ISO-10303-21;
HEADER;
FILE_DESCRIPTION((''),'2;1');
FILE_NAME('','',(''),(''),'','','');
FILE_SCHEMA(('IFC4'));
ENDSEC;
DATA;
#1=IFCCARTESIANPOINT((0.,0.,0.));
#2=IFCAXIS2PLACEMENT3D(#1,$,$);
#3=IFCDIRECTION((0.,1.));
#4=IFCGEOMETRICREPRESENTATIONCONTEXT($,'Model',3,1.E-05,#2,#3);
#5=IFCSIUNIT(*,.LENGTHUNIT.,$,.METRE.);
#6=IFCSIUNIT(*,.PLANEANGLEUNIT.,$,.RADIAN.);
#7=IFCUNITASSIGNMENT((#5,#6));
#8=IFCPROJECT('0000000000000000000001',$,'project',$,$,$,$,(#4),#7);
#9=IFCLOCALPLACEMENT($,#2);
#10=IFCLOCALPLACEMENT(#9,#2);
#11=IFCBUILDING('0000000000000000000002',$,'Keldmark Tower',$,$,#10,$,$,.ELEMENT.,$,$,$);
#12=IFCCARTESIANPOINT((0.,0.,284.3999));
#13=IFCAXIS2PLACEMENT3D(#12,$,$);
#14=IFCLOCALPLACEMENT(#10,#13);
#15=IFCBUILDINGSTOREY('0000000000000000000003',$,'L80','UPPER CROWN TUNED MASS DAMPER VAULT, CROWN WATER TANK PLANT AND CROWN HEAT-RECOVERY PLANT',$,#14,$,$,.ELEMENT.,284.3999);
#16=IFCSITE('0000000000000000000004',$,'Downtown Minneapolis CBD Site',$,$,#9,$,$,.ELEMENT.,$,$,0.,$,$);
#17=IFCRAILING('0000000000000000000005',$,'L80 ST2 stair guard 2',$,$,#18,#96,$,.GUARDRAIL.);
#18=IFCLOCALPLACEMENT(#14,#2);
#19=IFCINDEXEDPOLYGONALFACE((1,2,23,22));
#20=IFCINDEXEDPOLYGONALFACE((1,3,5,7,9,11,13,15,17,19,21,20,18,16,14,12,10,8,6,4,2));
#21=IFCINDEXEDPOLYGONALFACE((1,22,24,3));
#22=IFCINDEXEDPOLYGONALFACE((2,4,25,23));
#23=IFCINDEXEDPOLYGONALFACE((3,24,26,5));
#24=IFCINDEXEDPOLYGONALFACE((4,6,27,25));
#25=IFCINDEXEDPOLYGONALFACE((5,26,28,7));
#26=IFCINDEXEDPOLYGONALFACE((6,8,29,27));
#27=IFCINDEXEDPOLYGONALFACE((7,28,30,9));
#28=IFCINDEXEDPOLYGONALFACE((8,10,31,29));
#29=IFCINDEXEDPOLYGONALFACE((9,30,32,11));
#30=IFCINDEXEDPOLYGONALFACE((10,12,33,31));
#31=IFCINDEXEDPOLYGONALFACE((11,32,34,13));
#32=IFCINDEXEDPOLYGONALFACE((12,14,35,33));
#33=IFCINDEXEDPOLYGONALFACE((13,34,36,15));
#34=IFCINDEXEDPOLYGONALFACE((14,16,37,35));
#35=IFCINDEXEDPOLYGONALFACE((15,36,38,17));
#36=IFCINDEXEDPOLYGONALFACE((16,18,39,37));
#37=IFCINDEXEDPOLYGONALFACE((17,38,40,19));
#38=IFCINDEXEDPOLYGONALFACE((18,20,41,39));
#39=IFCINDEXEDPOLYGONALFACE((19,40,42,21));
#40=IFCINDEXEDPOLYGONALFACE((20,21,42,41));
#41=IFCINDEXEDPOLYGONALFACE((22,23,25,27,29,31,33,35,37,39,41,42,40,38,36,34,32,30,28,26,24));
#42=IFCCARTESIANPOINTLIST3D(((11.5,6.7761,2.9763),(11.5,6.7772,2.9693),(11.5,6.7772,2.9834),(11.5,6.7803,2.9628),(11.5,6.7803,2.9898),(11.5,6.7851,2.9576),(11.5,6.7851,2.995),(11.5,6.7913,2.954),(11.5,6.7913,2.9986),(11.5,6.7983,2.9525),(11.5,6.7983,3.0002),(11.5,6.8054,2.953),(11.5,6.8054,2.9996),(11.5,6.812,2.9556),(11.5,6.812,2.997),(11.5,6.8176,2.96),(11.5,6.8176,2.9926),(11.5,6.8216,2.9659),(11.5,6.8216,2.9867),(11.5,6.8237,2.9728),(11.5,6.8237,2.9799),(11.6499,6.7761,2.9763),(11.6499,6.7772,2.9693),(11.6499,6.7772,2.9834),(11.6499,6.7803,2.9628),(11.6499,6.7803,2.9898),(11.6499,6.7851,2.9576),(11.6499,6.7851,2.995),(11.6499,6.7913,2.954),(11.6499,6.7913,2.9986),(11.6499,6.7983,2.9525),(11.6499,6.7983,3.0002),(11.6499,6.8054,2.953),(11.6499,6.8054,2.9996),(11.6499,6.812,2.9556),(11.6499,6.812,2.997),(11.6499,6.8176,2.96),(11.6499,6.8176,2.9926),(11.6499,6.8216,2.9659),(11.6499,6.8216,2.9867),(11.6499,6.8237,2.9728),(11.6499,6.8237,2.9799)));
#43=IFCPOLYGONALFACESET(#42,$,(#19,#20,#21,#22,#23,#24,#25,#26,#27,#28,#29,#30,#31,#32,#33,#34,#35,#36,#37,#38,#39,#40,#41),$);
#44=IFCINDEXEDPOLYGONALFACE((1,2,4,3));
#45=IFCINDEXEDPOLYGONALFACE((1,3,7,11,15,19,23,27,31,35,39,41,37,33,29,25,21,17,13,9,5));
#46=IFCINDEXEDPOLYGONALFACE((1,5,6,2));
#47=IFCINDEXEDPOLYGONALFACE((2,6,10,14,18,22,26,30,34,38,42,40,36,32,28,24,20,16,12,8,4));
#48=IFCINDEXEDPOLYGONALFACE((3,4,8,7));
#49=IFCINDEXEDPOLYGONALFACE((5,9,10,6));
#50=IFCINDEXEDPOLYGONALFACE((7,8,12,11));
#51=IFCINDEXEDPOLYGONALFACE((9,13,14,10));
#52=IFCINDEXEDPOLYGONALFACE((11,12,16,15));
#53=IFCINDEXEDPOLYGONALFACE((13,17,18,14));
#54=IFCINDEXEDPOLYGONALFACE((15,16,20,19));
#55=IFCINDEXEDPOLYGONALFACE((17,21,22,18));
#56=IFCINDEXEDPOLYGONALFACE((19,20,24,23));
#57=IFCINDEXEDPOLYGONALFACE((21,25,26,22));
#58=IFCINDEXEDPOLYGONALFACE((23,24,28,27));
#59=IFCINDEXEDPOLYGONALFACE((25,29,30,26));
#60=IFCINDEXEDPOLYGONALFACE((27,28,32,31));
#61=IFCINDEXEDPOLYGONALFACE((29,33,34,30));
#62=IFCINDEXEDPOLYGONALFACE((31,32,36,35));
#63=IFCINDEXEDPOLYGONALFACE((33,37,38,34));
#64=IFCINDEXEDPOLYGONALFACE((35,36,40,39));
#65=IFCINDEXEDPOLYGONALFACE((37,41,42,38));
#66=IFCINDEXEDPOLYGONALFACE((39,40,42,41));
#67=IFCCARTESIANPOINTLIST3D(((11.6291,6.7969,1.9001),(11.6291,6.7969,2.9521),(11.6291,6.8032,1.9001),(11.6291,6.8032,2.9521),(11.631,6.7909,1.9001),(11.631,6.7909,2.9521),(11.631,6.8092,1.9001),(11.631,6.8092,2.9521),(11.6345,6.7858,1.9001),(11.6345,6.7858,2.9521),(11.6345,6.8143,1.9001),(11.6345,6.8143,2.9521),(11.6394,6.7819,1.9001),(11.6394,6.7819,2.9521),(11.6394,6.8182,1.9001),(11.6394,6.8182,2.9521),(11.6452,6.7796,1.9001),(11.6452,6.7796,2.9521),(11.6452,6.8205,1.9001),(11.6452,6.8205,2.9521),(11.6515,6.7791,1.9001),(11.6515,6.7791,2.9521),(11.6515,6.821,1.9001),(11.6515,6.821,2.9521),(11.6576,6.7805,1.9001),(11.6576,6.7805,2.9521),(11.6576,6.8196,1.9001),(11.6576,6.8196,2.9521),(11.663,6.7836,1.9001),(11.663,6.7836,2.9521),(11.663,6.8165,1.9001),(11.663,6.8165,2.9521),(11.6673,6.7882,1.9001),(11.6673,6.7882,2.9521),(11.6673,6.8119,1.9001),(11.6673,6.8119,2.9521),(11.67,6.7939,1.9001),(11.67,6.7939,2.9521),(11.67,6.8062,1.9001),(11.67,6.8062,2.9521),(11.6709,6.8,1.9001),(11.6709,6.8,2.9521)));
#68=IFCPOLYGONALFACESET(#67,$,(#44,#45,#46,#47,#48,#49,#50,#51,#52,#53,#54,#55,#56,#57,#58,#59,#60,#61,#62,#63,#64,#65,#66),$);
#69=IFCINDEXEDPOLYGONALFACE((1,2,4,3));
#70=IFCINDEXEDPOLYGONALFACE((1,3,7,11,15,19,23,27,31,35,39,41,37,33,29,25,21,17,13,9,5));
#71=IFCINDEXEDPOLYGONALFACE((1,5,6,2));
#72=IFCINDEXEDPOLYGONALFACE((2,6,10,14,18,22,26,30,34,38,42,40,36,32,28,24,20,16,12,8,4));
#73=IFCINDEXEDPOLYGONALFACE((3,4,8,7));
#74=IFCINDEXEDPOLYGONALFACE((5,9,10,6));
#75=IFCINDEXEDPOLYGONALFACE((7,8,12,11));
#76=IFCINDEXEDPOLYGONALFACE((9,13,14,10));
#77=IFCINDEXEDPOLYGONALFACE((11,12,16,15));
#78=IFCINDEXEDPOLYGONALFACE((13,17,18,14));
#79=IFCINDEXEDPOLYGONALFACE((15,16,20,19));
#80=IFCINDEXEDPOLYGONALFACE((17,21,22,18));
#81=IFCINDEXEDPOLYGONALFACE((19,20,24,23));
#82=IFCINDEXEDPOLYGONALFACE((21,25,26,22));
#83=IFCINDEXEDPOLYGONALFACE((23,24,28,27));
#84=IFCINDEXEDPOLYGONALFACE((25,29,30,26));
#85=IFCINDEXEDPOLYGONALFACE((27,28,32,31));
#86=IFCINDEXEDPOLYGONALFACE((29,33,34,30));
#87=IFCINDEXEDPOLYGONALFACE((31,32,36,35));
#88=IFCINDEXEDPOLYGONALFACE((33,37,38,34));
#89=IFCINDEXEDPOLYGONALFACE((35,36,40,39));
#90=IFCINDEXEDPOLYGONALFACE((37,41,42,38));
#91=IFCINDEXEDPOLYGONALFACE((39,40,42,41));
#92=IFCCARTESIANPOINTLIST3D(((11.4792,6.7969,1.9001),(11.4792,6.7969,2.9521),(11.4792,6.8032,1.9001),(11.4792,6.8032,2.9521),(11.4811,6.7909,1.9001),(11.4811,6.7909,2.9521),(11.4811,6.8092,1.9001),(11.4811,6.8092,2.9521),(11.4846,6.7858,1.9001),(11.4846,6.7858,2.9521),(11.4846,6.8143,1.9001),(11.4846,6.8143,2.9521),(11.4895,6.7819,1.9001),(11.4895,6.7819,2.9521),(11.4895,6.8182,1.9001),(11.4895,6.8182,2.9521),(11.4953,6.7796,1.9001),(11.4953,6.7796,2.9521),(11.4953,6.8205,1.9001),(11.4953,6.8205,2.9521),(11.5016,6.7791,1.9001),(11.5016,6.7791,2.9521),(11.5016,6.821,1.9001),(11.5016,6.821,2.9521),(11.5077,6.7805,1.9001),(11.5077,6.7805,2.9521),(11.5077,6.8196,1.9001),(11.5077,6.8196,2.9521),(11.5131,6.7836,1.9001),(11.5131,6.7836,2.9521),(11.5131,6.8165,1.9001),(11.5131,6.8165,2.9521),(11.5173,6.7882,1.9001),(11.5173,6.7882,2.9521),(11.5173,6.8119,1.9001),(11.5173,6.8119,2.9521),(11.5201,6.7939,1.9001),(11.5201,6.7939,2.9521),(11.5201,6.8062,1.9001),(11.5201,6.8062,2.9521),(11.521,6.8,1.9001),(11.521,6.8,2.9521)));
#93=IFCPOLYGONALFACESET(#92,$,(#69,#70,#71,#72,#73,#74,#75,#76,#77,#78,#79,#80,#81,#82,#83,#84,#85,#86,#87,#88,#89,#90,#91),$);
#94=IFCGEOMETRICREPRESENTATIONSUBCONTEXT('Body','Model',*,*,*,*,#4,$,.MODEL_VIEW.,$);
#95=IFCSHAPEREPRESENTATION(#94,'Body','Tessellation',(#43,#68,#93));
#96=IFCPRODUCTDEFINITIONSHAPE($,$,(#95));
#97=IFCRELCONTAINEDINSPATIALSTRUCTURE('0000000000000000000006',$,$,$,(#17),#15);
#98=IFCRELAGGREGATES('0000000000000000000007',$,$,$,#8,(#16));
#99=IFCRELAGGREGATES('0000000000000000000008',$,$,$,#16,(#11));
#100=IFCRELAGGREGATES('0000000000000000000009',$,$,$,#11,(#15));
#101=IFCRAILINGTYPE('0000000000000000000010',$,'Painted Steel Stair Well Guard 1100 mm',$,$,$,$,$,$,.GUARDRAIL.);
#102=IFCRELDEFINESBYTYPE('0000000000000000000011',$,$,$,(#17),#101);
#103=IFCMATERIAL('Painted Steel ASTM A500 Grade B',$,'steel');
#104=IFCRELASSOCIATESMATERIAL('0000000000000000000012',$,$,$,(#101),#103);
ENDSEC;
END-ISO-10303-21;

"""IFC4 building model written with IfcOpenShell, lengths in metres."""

from ifc_helpers import new_model, si_unit, direction, frame, origin, origin_2d, place, context, subcontext, project, spatial, circle, extrude, material, type_object, element, save


model = new_model("IFC4")

# Units and contexts
model_context = context("Model", 3, precision=1e-05, world=origin(), true_north=direction((0.0, 1.0)))
body_context = subcontext(model_context, "Body", "Model", "MODEL_VIEW")
ifc_project = project(units=[si_unit("LENGTHUNIT", "METRE"), si_unit("PLANEANGLEUNIT", "RADIAN")], contexts=[model_context])

# Site, building, storey
site_placement = place(None, origin())
site = spatial("IfcSite", under=ifc_project, at=site_placement, Name="Downtown Minneapolis CBD Site", CompositionType="ELEMENT", RefElevation=0.0)
building_placement = place(site_placement, origin())
building = spatial("IfcBuilding", under=site, at=building_placement, Name="Keldmark Tower", CompositionType="ELEMENT")
storey_placement = place(building_placement, frame((0.0, 0.0, 284.3999)))
storey = spatial("IfcBuildingStorey", under=building, at=storey_placement, Name="L80", Description="UPPER CROWN TUNED MASS DAMPER VAULT, CROWN WATER TANK PLANT AND CROWN HEAT-RECOVERY PLANT", CompositionType="ELEMENT", Elevation=284.3999)

# Railing
ifc_material_1 = material(Name="Painted Steel ASTM A500 Grade B", Category="steel")
railing_type_1 = type_object("IfcRailingType", Name="Painted Steel Stair Well Guard 1100 mm", PredefinedType="GUARDRAIL", material=ifc_material_1)
railing_1_placement = place(storey_placement, frame((11.6499, 6.8, 1.9001)))
element("IfcRailing", 1, at=railing_1_placement, inside=storey, type_object=railing_type_1, Name="L80 ST2 stair guard 2", PredefinedType="GUARDRAIL", context=body_context, shape_type="SweptSolid", body=[
    extrude(circle(Radius=0.0239, at=origin_2d()), frame((0.0, 0.0, 1.0762), z_axis=(-1.0, 0.0, 0.0), x_axis=(0.0, -1.0, 0.0)), (0.0, 0.0, 1.0), 0.1499),
    extrude(circle(Radius=0.021, at=origin_2d()), origin(), (0.0, 0.0, 1.0), 1.052),
    extrude(circle(Radius=0.021, at=origin_2d()), frame((-0.1499, 0.0, 0.0)), (0.0, 0.0, 1.0), 1.052),
])

save(model, "model.ifc")
